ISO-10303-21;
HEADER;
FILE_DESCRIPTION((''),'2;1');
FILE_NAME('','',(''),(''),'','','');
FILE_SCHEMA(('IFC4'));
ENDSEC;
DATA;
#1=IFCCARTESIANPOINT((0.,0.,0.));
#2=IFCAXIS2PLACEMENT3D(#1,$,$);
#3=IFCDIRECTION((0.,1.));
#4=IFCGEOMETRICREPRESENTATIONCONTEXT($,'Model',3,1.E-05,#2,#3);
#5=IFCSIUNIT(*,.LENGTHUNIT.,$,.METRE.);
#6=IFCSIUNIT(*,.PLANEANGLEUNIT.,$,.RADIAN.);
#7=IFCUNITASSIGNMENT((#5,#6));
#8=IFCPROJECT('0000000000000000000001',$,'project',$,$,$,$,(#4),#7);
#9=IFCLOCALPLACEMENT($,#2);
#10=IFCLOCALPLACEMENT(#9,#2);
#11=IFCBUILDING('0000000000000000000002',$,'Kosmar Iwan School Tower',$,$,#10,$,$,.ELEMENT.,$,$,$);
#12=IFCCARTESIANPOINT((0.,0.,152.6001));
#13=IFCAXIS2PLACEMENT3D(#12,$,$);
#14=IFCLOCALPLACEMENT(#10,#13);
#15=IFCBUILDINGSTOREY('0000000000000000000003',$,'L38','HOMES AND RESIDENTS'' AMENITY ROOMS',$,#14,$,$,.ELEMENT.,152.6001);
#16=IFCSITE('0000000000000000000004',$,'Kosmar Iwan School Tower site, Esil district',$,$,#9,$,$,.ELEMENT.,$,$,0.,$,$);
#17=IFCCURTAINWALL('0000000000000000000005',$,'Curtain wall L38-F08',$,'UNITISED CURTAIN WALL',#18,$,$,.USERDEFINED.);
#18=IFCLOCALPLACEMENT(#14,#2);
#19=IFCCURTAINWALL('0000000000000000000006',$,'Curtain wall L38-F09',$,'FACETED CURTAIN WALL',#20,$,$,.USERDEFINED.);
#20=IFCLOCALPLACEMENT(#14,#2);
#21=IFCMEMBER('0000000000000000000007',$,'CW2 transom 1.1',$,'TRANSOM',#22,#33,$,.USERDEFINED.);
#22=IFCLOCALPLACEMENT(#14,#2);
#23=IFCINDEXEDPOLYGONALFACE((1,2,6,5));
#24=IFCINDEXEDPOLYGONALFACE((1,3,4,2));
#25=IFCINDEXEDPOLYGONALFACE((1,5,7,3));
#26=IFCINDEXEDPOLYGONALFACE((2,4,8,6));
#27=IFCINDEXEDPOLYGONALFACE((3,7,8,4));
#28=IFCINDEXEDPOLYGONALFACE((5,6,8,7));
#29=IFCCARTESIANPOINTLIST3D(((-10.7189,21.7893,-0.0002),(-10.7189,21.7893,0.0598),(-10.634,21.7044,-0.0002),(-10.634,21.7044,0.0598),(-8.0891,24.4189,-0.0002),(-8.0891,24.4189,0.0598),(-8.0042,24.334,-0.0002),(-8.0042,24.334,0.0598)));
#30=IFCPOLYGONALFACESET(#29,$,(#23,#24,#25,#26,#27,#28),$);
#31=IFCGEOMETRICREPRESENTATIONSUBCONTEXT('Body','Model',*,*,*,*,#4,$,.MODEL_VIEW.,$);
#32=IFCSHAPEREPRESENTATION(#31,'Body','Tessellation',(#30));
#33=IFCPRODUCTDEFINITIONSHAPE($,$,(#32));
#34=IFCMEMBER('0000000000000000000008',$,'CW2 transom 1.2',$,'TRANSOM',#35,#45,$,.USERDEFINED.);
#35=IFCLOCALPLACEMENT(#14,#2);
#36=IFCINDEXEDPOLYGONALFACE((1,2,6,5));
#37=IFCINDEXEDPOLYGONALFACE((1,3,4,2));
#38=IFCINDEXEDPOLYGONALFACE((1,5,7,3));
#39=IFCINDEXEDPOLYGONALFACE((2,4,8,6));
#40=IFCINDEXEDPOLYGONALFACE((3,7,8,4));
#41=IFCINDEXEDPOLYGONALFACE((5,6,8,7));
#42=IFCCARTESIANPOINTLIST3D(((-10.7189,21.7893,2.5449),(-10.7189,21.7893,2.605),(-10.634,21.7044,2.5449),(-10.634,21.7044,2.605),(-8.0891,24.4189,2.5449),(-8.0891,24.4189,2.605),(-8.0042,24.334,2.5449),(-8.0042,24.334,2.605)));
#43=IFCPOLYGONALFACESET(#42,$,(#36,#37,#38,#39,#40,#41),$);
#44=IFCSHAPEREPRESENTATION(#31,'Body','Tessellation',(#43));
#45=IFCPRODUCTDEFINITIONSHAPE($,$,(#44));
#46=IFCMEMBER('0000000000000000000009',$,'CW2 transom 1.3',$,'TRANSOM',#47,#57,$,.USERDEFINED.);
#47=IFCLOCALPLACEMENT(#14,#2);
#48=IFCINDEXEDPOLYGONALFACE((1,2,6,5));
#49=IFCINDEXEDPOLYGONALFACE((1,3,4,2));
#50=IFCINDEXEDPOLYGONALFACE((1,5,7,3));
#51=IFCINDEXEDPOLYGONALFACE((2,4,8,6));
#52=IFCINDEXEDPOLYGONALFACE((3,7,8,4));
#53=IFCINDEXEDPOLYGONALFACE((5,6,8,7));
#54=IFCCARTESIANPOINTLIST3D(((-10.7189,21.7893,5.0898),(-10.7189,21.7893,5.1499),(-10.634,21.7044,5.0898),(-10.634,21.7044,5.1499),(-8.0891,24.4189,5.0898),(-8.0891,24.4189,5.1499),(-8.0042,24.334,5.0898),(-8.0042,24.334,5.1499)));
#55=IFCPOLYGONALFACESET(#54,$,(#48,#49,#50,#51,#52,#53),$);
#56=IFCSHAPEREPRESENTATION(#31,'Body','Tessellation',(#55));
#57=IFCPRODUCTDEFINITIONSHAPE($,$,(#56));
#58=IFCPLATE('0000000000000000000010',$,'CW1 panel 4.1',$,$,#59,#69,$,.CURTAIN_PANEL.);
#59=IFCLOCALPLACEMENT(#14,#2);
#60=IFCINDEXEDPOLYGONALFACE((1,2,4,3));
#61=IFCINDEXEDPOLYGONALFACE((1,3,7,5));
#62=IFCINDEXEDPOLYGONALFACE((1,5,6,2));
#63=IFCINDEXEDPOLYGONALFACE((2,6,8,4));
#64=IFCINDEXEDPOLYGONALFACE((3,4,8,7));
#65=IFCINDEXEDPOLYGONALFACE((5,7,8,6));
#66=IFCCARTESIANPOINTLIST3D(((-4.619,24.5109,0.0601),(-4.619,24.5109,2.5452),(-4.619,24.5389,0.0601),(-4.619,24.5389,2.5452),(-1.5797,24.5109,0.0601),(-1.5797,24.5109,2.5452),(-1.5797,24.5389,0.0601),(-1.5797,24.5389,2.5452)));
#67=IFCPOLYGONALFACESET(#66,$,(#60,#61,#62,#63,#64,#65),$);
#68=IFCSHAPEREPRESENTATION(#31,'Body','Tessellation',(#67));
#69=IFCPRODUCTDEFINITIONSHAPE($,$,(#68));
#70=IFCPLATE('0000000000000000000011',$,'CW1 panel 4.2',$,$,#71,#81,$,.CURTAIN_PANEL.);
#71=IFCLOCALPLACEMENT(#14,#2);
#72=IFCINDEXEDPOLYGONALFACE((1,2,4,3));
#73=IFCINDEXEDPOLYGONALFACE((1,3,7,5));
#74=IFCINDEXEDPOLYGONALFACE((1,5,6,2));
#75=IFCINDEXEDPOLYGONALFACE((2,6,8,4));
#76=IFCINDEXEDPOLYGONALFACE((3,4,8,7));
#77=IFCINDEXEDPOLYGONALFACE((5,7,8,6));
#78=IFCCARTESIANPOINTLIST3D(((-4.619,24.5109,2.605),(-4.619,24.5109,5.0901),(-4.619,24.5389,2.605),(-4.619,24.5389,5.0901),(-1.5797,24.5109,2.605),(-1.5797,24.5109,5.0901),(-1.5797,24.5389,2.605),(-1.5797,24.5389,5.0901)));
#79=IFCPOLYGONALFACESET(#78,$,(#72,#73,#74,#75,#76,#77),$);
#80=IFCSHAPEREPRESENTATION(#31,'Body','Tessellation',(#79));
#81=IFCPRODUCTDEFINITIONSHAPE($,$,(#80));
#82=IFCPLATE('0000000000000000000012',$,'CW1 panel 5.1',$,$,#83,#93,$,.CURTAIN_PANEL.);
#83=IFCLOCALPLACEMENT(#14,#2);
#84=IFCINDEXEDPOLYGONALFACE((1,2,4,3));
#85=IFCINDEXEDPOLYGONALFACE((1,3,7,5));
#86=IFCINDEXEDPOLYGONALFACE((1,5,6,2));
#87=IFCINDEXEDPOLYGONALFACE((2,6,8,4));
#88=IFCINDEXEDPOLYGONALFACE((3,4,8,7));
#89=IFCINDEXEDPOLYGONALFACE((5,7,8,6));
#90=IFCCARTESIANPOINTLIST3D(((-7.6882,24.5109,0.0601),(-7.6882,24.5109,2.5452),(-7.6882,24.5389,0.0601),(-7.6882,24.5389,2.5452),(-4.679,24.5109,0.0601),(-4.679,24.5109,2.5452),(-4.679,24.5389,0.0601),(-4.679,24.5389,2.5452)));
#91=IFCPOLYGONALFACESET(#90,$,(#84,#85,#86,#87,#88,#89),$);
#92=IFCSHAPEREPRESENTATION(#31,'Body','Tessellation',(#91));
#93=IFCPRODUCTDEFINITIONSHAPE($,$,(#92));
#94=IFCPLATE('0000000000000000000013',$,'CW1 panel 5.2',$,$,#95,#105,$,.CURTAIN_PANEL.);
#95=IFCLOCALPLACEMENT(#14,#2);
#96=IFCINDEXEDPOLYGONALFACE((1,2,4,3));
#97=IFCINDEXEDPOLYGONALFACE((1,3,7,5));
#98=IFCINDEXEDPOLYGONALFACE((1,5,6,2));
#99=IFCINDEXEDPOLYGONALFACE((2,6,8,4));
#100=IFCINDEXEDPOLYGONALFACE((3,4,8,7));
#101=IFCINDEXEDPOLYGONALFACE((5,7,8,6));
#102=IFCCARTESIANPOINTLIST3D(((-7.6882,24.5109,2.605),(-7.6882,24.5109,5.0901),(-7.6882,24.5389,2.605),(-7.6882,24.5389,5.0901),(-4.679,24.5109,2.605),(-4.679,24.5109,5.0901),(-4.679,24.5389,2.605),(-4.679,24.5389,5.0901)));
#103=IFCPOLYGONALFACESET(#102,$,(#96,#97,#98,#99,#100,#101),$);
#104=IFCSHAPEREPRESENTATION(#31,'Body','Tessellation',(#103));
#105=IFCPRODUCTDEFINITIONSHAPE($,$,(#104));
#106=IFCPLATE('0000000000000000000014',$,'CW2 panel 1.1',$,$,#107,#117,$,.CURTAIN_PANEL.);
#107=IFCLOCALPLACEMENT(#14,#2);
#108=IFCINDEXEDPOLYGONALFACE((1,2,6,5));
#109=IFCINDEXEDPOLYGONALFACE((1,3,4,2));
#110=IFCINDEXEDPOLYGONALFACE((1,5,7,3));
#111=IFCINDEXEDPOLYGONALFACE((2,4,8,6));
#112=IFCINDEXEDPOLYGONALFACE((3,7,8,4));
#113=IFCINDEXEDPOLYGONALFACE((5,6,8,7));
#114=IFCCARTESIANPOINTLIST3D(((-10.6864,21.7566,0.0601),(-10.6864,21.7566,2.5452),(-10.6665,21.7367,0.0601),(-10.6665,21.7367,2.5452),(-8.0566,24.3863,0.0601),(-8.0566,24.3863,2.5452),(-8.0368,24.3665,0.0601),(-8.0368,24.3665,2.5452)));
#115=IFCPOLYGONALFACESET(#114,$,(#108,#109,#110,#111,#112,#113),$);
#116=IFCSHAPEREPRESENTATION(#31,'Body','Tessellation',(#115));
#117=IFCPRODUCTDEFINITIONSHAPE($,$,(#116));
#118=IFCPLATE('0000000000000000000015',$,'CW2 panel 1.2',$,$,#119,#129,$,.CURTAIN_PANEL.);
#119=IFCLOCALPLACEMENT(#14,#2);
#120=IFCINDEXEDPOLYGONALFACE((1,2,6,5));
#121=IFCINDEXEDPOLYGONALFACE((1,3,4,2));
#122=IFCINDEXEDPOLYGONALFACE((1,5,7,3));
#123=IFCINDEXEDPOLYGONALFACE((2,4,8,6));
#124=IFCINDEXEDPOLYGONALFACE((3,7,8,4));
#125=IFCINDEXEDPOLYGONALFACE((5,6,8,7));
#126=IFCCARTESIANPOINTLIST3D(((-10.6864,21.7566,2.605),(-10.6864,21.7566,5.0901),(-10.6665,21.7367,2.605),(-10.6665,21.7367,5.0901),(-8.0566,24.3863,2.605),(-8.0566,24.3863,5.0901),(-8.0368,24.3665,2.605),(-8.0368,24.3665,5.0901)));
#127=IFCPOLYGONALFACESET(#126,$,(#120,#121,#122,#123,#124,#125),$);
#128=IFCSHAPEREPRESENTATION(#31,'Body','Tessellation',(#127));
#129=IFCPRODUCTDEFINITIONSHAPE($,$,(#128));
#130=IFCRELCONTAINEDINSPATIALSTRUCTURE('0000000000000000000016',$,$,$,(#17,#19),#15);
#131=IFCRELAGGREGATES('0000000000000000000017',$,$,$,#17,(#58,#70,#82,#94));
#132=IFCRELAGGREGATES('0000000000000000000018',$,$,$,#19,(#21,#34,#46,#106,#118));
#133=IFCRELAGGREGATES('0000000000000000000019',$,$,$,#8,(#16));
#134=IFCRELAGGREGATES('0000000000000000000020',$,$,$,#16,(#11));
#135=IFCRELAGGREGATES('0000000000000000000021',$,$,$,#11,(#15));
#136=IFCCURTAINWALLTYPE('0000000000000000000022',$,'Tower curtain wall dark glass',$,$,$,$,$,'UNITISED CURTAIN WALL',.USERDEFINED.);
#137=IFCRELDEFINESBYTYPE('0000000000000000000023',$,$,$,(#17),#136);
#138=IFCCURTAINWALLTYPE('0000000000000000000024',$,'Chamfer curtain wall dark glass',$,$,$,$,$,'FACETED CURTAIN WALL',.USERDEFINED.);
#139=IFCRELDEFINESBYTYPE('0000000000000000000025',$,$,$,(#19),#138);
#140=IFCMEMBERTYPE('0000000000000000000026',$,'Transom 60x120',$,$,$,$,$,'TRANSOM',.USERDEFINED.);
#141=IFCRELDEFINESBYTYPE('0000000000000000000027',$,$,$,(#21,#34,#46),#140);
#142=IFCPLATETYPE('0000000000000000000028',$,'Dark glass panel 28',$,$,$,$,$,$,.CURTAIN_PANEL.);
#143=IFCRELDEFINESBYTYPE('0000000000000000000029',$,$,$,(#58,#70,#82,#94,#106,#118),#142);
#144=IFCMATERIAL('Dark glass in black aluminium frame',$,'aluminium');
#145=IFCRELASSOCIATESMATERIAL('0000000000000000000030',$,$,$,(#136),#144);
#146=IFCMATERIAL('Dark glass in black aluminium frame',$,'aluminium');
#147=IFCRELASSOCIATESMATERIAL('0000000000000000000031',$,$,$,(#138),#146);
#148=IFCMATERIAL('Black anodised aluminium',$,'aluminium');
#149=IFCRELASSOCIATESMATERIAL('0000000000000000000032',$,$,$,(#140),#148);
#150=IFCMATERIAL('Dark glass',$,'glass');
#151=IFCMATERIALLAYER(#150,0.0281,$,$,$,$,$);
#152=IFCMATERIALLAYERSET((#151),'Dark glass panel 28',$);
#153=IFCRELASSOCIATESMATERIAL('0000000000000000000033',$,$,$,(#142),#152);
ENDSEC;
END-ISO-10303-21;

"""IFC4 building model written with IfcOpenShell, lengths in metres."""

from ifc_helpers import new_model, si_unit, direction, frame, origin, origin_2d, place, context, subcontext, project, spatial, rectangle, extrude, material, layer, layer_set, material_profile, profile_set, type_object, element, aggregate, save


model = new_model("IFC4")

# Units and contexts
model_context = context("Model", 3, precision=1e-05, world=origin(), true_north=direction((0.0, 1.0)))
body_context = subcontext(model_context, "Body", "Model", "MODEL_VIEW")
ifc_project = project(units=[si_unit("LENGTHUNIT", "METRE"), si_unit("PLANEANGLEUNIT", "RADIAN")], contexts=[model_context])

# Site, building, storey
site_placement = place(None, origin())
site = spatial("IfcSite", under=ifc_project, at=site_placement, Name="Kosmar Iwan School Tower site, Esil district", CompositionType="ELEMENT", RefElevation=0.0)
building_placement = place(site_placement, origin())
building = spatial("IfcBuilding", under=site, at=building_placement, Name="Kosmar Iwan School Tower", CompositionType="ELEMENT")
storey_placement = place(building_placement, frame((0.0, 0.0, 152.6001)))
storey = spatial("IfcBuildingStorey", under=building, at=storey_placement, Name="L38", Description="HOMES AND RESIDENTS' AMENITY ROOMS", CompositionType="ELEMENT", Elevation=152.6001)

# Curtain wall
ifc_material_1 = material(Name="Dark glass in black aluminium frame", Category="aluminium")
curtain_wall_type_1 = type_object("IfcCurtainWallType", Name="Tower curtain wall dark glass", ElementType="UNITISED CURTAIN WALL", PredefinedType="USERDEFINED", material=ifc_material_1)
curtain_wall_1_placement = place(storey_placement, origin())
curtain_wall_1 = element("IfcCurtainWall", 1, at=curtain_wall_1_placement, inside=storey, type_object=curtain_wall_type_1, Name="Curtain wall L38-F08", ObjectType="UNITISED CURTAIN WALL", PredefinedType="USERDEFINED")

# Curtain wall
ifc_material_2 = material(Name="Dark glass in black aluminium frame", Category="aluminium")
curtain_wall_type_2 = type_object("IfcCurtainWallType", Name="Chamfer curtain wall dark glass", ElementType="FACETED CURTAIN WALL", PredefinedType="USERDEFINED", material=ifc_material_2)
curtain_wall_2_placement = place(storey_placement, origin())
curtain_wall_2 = element("IfcCurtainWall", 2, at=curtain_wall_2_placement, inside=storey, type_object=curtain_wall_type_2, Name="Curtain wall L38-F09", ObjectType="FACETED CURTAIN WALL", PredefinedType="USERDEFINED")

# Members
ifc_material_3 = material(Name="Black anodised aluminium", Category="aluminium")
ifc_material_profile_1 = material_profile(ifc_material_3, rectangle(XDim=0.1201, YDim=0.0601, at=origin_2d()), Name="TRANSOM 60x120")
ifc_profile_set_1 = profile_set([ifc_material_profile_1], Name="Black anodised aluminium")
member_type_1 = type_object("IfcMemberType", Name="Transom 60x120", ElementType="TRANSOM", PredefinedType="USERDEFINED", material=ifc_profile_set_1)
member_1_placement = place(storey_placement, frame((-8.0466, 24.3765, 0.0298), z_axis=(-0.70714, -0.707074, 0.0), x_axis=(0.707074, -0.70714, 0.0)))
member_1 = element("IfcMember", 3, at=member_1_placement, type_object=member_type_1, Name="CW2 transom 1.1", ObjectType="TRANSOM", PredefinedType="USERDEFINED", context=body_context, shape_type="SweptSolid", body=[
    extrude(rectangle(XDim=0.1201, YDim=0.0601, at=origin_2d()), origin(), (0.0, 0.0, 1.0), 3.719),
])
member_2_placement = place(storey_placement, frame((-8.0466, 24.3765, 2.575), z_axis=(-0.70714, -0.707074, 0.0), x_axis=(0.707074, -0.70714, 0.0)))
member_2 = element("IfcMember", 4, at=member_2_placement, type_object=member_type_1, Name="CW2 transom 1.2", ObjectType="TRANSOM", PredefinedType="USERDEFINED", context=body_context, shape_type="SweptSolid", body=[
    extrude(rectangle(XDim=0.1201, YDim=0.0601, at=origin_2d()), origin(), (0.0, 0.0, 1.0), 3.719),
])
member_3_placement = place(storey_placement, frame((-8.0466, 24.3765, 5.1199), z_axis=(-0.70714, -0.707074, 0.0), x_axis=(0.707074, -0.70714, 0.0)))
member_3 = element("IfcMember", 5, at=member_3_placement, type_object=member_type_1, Name="CW2 transom 1.3", ObjectType="TRANSOM", PredefinedType="USERDEFINED", context=body_context, shape_type="SweptSolid", body=[
    extrude(rectangle(XDim=0.1201, YDim=0.0601, at=origin_2d()), origin(), (0.0, 0.0, 1.0), 3.719),
])

# Plates
ifc_material_4 = material(Name="Dark glass", Category="glass")
ifc_layer = layer(ifc_material_4, 0.0281)
ifc_layer_set = layer_set([ifc_layer], Name="Dark glass panel 28")
plate_type = type_object("IfcPlateType", Name="Dark glass panel 28", PredefinedType="CURTAIN_PANEL", material=ifc_layer_set)
plate_1_placement = place(storey_placement, frame((-3.0994, 24.5249, 0.0601), z_axis=(0.0, 0.0, 1.0), x_axis=(-1.0, 0.0, 0.0)))
plate_1 = element("IfcPlate", 6, at=plate_1_placement, type_object=plate_type, Name="CW1 panel 4.1", PredefinedType="CURTAIN_PANEL", context=body_context, shape_type="SweptSolid", body=[
    extrude(rectangle(XDim=3.0393, YDim=0.0281, at=origin_2d()), origin(), (0.0, 0.0, 1.0), 2.4851),
])
plate_2_placement = place(storey_placement, frame((-3.0994, 24.5249, 2.605), z_axis=(0.0, 0.0, 1.0), x_axis=(-1.0, 0.0, 0.0)))
plate_2 = element("IfcPlate", 7, at=plate_2_placement, type_object=plate_type, Name="CW1 panel 4.2", PredefinedType="CURTAIN_PANEL", context=body_context, shape_type="SweptSolid", body=[
    extrude(rectangle(XDim=3.0393, YDim=0.0281, at=origin_2d()), origin(), (0.0, 0.0, 1.0), 2.4851),
])
plate_3_placement = place(storey_placement, frame((-6.1836, 24.5249, 0.0601), z_axis=(0.0, 0.0, 1.0), x_axis=(-1.0, 0.0, 0.0)))
plate_3 = element("IfcPlate", 8, at=plate_3_placement, type_object=plate_type, Name="CW1 panel 5.1", PredefinedType="CURTAIN_PANEL", context=body_context, shape_type="SweptSolid", body=[
    extrude(rectangle(XDim=3.0093, YDim=0.0281, at=origin_2d()), origin(), (0.0, 0.0, 1.0), 2.4851),
])
plate_4_placement = place(storey_placement, frame((-6.1836, 24.5249, 2.605), z_axis=(0.0, 0.0, 1.0), x_axis=(-1.0, 0.0, 0.0)))
plate_4 = element("IfcPlate", 9, at=plate_4_placement, type_object=plate_type, Name="CW1 panel 5.2", PredefinedType="CURTAIN_PANEL", context=body_context, shape_type="SweptSolid", body=[
    extrude(rectangle(XDim=3.0093, YDim=0.0281, at=origin_2d()), origin(), (0.0, 0.0, 1.0), 2.4851),
])
aggregate(curtain_wall_1, [plate_1, plate_2, plate_3, plate_4])
plate_5_placement = place(storey_placement, frame((-9.3616, 23.0615, 0.0601), z_axis=(0.0, 0.0, 1.0), x_axis=(-0.707107, -0.707107, 0.0)))
plate_5 = element("IfcPlate", 10, at=plate_5_placement, type_object=plate_type, Name="CW2 panel 1.1", PredefinedType="CURTAIN_PANEL", context=body_context, shape_type="SweptSolid", body=[
    extrude(rectangle(XDim=3.719, YDim=0.0281, at=origin_2d()), origin(), (0.0, 0.0, 1.0), 2.4851),
])
plate_6_placement = place(storey_placement, frame((-9.3616, 23.0615, 2.605), z_axis=(0.0, 0.0, 1.0), x_axis=(-0.707107, -0.707107, 0.0)))
plate_6 = element("IfcPlate", 11, at=plate_6_placement, type_object=plate_type, Name="CW2 panel 1.2", PredefinedType="CURTAIN_PANEL", context=body_context, shape_type="SweptSolid", body=[
    extrude(rectangle(XDim=3.719, YDim=0.0281, at=origin_2d()), origin(), (0.0, 0.0, 1.0), 2.4851),
])
aggregate(curtain_wall_2, [member_1, member_2, member_3, plate_5, plate_6])

save(model, "model.ifc")
